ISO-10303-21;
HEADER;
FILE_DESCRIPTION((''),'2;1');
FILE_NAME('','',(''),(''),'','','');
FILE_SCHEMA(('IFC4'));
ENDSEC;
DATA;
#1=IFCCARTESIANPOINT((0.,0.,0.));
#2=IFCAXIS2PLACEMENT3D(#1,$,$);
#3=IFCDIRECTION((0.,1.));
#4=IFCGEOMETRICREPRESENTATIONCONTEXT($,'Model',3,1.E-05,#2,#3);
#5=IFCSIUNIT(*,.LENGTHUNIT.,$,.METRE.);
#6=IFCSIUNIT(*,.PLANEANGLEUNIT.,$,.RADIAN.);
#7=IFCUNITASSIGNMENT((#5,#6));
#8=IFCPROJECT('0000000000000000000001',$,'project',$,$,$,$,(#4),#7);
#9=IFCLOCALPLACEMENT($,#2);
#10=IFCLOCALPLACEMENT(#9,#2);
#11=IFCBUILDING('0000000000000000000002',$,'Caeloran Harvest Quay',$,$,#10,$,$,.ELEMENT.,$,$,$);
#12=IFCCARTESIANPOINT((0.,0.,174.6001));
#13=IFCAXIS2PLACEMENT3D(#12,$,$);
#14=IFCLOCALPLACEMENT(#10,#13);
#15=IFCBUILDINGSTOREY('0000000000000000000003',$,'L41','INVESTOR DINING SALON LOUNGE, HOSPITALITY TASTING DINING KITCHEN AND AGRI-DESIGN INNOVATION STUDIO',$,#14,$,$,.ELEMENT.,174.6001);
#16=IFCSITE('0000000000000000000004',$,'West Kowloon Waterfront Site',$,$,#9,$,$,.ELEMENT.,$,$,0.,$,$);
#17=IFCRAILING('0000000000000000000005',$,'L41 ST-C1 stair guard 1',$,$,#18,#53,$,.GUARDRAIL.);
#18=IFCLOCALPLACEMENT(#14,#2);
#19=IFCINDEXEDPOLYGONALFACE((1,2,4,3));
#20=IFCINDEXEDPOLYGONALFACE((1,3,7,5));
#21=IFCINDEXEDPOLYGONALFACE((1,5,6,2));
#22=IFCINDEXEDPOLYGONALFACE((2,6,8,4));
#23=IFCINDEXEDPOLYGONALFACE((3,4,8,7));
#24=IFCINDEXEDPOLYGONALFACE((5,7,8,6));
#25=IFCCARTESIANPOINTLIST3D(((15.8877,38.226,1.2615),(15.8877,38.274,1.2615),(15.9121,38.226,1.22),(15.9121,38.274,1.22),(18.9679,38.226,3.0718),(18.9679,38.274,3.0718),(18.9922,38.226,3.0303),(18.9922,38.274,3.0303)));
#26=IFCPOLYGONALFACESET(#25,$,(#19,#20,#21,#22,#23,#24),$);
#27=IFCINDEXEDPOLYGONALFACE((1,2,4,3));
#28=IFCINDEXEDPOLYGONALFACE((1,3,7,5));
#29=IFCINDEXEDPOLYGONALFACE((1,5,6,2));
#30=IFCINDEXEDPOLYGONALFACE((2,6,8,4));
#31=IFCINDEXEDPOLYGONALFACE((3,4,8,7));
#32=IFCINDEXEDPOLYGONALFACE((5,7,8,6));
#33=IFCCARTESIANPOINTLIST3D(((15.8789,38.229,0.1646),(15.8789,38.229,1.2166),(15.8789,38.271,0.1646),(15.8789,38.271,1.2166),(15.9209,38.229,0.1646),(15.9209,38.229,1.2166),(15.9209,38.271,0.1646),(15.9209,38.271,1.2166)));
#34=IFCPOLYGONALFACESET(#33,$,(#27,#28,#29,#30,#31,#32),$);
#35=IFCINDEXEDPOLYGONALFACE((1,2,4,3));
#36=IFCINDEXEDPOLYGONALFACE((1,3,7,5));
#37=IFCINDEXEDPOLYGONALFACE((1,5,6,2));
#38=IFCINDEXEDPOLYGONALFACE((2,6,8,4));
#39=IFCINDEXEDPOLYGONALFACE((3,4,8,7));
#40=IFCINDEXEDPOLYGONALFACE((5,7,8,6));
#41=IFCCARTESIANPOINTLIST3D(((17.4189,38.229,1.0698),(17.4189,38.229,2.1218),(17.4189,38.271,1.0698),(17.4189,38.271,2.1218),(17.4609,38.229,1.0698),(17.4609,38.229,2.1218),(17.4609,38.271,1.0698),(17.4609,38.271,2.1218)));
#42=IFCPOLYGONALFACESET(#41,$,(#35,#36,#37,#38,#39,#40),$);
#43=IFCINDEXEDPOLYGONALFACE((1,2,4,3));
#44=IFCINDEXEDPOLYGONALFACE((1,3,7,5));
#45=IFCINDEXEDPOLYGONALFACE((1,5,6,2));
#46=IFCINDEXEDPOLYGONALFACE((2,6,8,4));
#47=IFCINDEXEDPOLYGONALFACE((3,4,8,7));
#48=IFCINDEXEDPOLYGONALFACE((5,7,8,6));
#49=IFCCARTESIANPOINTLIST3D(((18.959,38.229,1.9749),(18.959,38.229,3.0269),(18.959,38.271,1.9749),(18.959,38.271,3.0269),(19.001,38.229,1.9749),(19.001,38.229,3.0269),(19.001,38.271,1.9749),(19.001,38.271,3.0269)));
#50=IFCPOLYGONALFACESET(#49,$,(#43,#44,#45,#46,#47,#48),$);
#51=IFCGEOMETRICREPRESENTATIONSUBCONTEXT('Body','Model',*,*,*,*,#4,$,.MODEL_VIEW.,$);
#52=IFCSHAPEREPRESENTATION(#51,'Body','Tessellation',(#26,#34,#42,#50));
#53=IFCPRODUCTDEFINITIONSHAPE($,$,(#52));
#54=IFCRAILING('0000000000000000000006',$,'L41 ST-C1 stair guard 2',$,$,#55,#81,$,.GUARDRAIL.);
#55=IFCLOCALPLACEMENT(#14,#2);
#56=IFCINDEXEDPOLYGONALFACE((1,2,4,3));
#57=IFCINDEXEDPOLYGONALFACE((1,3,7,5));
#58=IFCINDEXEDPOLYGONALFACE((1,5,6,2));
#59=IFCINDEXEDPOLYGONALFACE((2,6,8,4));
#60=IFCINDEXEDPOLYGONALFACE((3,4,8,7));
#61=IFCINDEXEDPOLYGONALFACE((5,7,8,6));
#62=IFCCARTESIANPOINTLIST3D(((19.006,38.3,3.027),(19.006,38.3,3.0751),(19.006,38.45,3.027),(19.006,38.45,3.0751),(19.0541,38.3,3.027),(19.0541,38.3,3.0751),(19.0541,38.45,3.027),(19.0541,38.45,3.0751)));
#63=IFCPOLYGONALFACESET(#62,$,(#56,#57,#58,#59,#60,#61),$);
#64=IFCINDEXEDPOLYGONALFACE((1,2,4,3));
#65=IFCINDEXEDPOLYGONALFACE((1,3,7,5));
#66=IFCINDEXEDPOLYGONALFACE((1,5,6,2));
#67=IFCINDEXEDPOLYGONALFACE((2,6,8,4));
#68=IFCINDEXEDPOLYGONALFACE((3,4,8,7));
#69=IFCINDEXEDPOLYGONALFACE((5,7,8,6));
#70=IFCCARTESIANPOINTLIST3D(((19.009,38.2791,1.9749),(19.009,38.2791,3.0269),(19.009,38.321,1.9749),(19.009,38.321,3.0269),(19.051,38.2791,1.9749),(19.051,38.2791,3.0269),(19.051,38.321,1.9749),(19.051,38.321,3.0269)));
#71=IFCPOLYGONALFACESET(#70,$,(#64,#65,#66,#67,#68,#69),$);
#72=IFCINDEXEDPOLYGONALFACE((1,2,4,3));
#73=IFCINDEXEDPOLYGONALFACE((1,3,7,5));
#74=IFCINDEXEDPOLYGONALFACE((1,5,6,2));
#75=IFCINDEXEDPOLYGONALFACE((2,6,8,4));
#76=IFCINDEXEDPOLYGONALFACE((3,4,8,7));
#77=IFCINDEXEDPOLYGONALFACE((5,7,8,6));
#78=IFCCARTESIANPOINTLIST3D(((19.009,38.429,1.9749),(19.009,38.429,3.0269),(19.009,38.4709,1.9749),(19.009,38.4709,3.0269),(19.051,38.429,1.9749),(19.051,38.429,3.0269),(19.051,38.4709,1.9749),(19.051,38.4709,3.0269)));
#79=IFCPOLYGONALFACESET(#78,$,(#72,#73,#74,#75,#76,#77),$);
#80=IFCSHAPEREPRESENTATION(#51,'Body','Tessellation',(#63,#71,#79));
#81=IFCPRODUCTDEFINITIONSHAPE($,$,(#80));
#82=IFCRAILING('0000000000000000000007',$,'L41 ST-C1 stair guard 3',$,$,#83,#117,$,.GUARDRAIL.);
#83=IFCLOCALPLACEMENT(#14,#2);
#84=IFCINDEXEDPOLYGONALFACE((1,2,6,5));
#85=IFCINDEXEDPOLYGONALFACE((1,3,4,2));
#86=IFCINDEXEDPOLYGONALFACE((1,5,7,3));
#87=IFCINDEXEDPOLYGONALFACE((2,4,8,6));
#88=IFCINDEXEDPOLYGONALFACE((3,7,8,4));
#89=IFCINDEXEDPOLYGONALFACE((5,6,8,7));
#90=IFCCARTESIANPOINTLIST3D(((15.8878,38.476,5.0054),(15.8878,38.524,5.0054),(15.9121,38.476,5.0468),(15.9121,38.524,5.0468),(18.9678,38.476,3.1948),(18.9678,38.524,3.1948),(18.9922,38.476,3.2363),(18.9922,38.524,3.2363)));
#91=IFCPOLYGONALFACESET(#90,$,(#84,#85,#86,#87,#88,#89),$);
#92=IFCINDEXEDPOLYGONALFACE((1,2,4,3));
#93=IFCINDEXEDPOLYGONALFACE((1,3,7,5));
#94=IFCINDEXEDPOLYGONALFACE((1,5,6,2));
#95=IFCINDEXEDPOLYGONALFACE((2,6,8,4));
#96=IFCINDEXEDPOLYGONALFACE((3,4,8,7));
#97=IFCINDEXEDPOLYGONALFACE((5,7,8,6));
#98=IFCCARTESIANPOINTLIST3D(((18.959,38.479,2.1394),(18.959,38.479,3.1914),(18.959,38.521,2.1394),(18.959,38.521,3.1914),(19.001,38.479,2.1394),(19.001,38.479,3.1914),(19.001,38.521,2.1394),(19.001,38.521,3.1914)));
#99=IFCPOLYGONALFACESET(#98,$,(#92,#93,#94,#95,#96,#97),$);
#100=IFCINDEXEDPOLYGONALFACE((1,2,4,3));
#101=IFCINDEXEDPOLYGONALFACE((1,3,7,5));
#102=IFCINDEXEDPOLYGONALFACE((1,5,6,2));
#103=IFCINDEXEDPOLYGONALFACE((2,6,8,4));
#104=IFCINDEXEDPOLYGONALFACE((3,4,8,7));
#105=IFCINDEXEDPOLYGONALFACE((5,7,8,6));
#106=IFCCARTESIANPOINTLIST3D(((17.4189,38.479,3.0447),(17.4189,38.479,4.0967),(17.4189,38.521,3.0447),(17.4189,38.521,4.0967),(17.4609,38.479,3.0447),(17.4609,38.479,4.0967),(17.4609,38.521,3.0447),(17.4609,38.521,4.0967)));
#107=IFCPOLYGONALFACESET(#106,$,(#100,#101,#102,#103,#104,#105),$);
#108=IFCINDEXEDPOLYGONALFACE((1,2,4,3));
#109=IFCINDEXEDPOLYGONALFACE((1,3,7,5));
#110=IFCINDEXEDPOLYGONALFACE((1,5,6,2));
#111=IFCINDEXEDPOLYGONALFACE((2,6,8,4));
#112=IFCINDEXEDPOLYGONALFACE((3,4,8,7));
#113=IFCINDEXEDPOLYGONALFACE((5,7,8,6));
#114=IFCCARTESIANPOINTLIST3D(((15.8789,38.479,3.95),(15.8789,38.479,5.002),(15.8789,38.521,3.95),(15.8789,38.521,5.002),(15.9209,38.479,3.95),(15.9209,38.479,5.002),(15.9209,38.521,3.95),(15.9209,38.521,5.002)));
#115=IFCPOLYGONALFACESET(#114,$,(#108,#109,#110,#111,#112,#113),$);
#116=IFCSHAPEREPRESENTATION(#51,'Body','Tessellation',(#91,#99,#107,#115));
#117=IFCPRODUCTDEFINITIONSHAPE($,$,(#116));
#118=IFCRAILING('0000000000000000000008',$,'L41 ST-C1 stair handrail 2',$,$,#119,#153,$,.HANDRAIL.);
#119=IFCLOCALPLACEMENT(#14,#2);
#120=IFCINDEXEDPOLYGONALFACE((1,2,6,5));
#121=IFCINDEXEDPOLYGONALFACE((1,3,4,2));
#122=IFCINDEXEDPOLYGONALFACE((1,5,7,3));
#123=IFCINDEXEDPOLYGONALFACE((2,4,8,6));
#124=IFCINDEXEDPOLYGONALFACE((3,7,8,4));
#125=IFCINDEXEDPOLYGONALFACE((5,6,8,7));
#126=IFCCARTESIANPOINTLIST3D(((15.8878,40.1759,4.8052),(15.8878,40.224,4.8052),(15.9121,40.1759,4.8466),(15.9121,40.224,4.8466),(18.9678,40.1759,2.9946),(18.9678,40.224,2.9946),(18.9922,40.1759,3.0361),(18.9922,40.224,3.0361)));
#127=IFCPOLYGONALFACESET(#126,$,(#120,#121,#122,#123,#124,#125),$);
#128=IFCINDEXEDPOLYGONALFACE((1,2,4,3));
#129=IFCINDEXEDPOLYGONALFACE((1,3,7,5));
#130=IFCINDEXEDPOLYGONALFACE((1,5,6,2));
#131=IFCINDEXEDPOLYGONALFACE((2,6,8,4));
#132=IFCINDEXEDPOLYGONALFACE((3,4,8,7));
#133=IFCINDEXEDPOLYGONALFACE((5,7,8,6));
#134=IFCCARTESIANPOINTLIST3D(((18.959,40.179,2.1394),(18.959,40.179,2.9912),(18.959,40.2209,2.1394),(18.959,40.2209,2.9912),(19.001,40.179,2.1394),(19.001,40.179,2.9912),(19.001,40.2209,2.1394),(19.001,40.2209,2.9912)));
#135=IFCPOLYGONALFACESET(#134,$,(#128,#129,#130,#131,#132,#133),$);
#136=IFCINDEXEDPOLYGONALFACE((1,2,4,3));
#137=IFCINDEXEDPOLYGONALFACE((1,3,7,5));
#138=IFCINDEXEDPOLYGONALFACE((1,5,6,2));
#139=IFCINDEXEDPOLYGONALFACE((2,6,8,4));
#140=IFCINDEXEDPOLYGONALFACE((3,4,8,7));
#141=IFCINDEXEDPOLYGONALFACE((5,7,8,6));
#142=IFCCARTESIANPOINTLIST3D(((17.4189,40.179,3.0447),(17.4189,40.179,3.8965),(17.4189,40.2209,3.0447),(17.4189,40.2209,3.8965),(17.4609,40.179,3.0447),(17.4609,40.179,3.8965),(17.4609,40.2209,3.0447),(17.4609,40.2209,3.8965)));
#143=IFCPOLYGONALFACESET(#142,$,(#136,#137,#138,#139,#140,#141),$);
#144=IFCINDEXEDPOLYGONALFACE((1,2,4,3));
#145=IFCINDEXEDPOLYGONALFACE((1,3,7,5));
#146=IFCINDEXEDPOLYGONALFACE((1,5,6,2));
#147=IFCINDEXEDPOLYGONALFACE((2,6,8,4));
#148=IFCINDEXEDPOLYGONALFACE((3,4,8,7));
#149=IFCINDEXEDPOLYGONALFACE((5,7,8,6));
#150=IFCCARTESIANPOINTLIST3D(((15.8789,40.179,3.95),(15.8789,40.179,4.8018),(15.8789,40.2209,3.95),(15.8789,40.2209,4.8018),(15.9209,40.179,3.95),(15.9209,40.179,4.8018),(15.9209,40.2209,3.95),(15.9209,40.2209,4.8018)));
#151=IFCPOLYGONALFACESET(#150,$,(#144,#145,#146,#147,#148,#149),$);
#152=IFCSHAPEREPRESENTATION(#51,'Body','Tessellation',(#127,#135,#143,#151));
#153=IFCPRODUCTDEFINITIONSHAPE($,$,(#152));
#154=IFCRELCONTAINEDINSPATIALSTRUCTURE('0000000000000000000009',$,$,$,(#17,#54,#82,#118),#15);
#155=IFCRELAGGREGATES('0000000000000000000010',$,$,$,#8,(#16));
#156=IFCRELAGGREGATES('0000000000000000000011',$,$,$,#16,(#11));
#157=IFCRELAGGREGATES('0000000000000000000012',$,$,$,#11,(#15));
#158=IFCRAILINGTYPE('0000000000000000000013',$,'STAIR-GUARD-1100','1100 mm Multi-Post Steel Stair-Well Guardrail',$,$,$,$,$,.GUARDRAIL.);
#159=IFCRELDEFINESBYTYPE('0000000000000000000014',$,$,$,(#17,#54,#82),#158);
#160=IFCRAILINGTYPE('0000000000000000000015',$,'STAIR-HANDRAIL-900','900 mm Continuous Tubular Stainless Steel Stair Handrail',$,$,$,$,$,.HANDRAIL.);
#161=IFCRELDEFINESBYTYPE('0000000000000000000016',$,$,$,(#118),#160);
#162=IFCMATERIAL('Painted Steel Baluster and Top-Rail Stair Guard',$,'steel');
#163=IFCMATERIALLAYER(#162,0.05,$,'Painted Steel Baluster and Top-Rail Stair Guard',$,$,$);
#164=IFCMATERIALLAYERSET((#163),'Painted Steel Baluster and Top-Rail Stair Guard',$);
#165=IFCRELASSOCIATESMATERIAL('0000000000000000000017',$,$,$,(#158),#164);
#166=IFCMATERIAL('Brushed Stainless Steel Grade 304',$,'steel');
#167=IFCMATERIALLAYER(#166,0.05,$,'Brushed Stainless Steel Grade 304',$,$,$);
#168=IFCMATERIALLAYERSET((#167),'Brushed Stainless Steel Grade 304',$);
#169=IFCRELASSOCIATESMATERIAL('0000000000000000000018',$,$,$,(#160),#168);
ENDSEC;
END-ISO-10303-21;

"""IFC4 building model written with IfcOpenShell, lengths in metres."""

from ifc_helpers import new_model, si_unit, direction, frame, origin, origin_2d, place, context, subcontext, project, spatial, rectangle, extrude, material, layer, layer_set, type_object, element, save


model = new_model("IFC4")

# Units and contexts
model_context = context("Model", 3, precision=1e-05, world=origin(), true_north=direction((0.0, 1.0)))
body_context = subcontext(model_context, "Body", "Model", "MODEL_VIEW")
ifc_project = project(units=[si_unit("LENGTHUNIT", "METRE"), si_unit("PLANEANGLEUNIT", "RADIAN")], contexts=[model_context])

# Site, building, storey
site_placement = place(None, origin())
site = spatial("IfcSite", under=ifc_project, at=site_placement, Name="West Kowloon Waterfront Site", CompositionType="ELEMENT", RefElevation=0.0)
building_placement = place(site_placement, origin())
building = spatial("IfcBuilding", under=site, at=building_placement, Name="Caeloran Harvest Quay", CompositionType="ELEMENT")
storey_placement = place(building_placement, frame((0.0, 0.0, 174.6001)))
storey = spatial("IfcBuildingStorey", under=building, at=storey_placement, Name="L41", Description="INVESTOR DINING SALON LOUNGE, HOSPITALITY TASTING DINING KITCHEN AND AGRI-DESIGN INNOVATION STUDIO", CompositionType="ELEMENT", Elevation=174.6001)

# Railings
ifc_material_1 = material(Name="Painted Steel Baluster and Top-Rail Stair Guard", Category="steel")
ifc_layer_1 = layer(ifc_material_1, 0.05, Name="Painted Steel Baluster and Top-Rail Stair Guard")
ifc_layer_set_1 = layer_set([ifc_layer_1], Name="Painted Steel Baluster and Top-Rail Stair Guard")
railing_type_1 = type_object("IfcRailingType", Name="STAIR-GUARD-1100", Description="1100 mm Multi-Post Steel Stair-Well Guardrail", PredefinedType="GUARDRAIL", material=ifc_layer_set_1)
railing_1_placement = place(storey_placement, frame((15.8999, 38.25, 0.1646)))
element("IfcRailing", 1, at=railing_1_placement, inside=storey, type_object=railing_type_1, Name="L41 ST-C1 stair guard 1", PredefinedType="GUARDRAIL", context=body_context, shape_type="SweptSolid", body=[
    extrude(rectangle(XDim=0.0481, YDim=0.0481, at=origin_2d()), frame((0.0, 0.0, 1.0762), z_axis=(0.862119, 0.0, 0.506707), x_axis=(0.0, 1.0, 0.0)), (0.0, 0.0, 1.0), 3.5728),
    extrude(rectangle(XDim=0.042, YDim=0.042, at=origin_2d()), origin(), (0.0, 0.0, 1.0), 1.052),
    extrude(rectangle(XDim=0.042, YDim=0.042, at=origin_2d()), frame((1.54, 0.0, 0.9053)), (0.0, 0.0, 1.0), 1.052),
    extrude(rectangle(XDim=0.042, YDim=0.042, at=origin_2d()), frame((3.0801, 0.0, 1.8103)), (0.0, 0.0, 1.0), 1.052),
])
railing_2_placement = place(storey_placement, frame((19.03, 38.3, 1.9749)))
element("IfcRailing", 2, at=railing_2_placement, inside=storey, type_object=railing_type_1, Name="L41 ST-C1 stair guard 2", PredefinedType="GUARDRAIL", context=body_context, shape_type="SweptSolid", body=[
    extrude(rectangle(XDim=0.0481, YDim=0.0481, at=origin_2d()), frame((0.0, 0.0, 1.0762), z_axis=(0.0, 1.0, 0.0), x_axis=(-1.0, 0.0, 0.0)), (0.0, 0.0, 1.0), 0.1499),
    extrude(rectangle(XDim=0.042, YDim=0.042, at=origin_2d()), origin(), (0.0, 0.0, 1.0), 1.052),
    extrude(rectangle(XDim=0.042, YDim=0.042, at=origin_2d()), frame((0.0, 0.1499, 0.0)), (0.0, 0.0, 1.0), 1.052),
])
railing_3_placement = place(storey_placement, frame((18.98, 38.5, 2.1394)))
element("IfcRailing", 3, at=railing_3_placement, inside=storey, type_object=railing_type_1, Name="L41 ST-C1 stair guard 3", PredefinedType="GUARDRAIL", context=body_context, shape_type="SweptSolid", body=[
    extrude(rectangle(XDim=0.0481, YDim=0.0481, at=origin_2d()), frame((0.0, 0.0, 1.0762), z_axis=(-0.862089, 0.0, 0.506757), x_axis=(0.0, -1.0, 0.0)), (0.0, 0.0, 1.0), 3.5728),
    extrude(rectangle(XDim=0.042, YDim=0.042, at=origin_2d()), origin(), (0.0, 0.0, 1.0), 1.052),
    extrude(rectangle(XDim=0.042, YDim=0.042, at=origin_2d()), frame((-1.54, 0.0, 0.9053)), (0.0, 0.0, 1.0), 1.052),
    extrude(rectangle(XDim=0.042, YDim=0.042, at=origin_2d()), frame((-3.0801, 0.0, 1.8105)), (0.0, 0.0, 1.0), 1.052),
])
ifc_material_2 = material(Name="Brushed Stainless Steel Grade 304", Category="steel")
ifc_layer_2 = layer(ifc_material_2, 0.05, Name="Brushed Stainless Steel Grade 304")
ifc_layer_set_2 = layer_set([ifc_layer_2], Name="Brushed Stainless Steel Grade 304")
railing_type_2 = type_object("IfcRailingType", Name="STAIR-HANDRAIL-900", Description="900 mm Continuous Tubular Stainless Steel Stair Handrail", PredefinedType="HANDRAIL", material=ifc_layer_set_2)
railing_4_placement = place(storey_placement, frame((18.98, 40.2, 2.1394)))
element("IfcRailing", 4, at=railing_4_placement, inside=storey, type_object=railing_type_2, Name="L41 ST-C1 stair handrail 2", PredefinedType="HANDRAIL", context=body_context, shape_type="SweptSolid", body=[
    extrude(rectangle(XDim=0.0481, YDim=0.0481, at=origin_2d()), frame((0.0, 0.0, 0.876), z_axis=(-0.862089, 0.0, 0.506757), x_axis=(0.0, -1.0, 0.0)), (0.0, 0.0, 1.0), 3.5728),
    extrude(rectangle(XDim=0.042, YDim=0.042, at=origin_2d()), origin(), (0.0, 0.0, 1.0), 0.8518),
    extrude(rectangle(XDim=0.042, YDim=0.042, at=origin_2d()), frame((-1.54, 0.0, 0.9053)), (0.0, 0.0, 1.0), 0.8518),
    extrude(rectangle(XDim=0.042, YDim=0.042, at=origin_2d()), frame((-3.0801, 0.0, 1.8105)), (0.0, 0.0, 1.0), 0.8518),
])

save(model, "model.ifc")
